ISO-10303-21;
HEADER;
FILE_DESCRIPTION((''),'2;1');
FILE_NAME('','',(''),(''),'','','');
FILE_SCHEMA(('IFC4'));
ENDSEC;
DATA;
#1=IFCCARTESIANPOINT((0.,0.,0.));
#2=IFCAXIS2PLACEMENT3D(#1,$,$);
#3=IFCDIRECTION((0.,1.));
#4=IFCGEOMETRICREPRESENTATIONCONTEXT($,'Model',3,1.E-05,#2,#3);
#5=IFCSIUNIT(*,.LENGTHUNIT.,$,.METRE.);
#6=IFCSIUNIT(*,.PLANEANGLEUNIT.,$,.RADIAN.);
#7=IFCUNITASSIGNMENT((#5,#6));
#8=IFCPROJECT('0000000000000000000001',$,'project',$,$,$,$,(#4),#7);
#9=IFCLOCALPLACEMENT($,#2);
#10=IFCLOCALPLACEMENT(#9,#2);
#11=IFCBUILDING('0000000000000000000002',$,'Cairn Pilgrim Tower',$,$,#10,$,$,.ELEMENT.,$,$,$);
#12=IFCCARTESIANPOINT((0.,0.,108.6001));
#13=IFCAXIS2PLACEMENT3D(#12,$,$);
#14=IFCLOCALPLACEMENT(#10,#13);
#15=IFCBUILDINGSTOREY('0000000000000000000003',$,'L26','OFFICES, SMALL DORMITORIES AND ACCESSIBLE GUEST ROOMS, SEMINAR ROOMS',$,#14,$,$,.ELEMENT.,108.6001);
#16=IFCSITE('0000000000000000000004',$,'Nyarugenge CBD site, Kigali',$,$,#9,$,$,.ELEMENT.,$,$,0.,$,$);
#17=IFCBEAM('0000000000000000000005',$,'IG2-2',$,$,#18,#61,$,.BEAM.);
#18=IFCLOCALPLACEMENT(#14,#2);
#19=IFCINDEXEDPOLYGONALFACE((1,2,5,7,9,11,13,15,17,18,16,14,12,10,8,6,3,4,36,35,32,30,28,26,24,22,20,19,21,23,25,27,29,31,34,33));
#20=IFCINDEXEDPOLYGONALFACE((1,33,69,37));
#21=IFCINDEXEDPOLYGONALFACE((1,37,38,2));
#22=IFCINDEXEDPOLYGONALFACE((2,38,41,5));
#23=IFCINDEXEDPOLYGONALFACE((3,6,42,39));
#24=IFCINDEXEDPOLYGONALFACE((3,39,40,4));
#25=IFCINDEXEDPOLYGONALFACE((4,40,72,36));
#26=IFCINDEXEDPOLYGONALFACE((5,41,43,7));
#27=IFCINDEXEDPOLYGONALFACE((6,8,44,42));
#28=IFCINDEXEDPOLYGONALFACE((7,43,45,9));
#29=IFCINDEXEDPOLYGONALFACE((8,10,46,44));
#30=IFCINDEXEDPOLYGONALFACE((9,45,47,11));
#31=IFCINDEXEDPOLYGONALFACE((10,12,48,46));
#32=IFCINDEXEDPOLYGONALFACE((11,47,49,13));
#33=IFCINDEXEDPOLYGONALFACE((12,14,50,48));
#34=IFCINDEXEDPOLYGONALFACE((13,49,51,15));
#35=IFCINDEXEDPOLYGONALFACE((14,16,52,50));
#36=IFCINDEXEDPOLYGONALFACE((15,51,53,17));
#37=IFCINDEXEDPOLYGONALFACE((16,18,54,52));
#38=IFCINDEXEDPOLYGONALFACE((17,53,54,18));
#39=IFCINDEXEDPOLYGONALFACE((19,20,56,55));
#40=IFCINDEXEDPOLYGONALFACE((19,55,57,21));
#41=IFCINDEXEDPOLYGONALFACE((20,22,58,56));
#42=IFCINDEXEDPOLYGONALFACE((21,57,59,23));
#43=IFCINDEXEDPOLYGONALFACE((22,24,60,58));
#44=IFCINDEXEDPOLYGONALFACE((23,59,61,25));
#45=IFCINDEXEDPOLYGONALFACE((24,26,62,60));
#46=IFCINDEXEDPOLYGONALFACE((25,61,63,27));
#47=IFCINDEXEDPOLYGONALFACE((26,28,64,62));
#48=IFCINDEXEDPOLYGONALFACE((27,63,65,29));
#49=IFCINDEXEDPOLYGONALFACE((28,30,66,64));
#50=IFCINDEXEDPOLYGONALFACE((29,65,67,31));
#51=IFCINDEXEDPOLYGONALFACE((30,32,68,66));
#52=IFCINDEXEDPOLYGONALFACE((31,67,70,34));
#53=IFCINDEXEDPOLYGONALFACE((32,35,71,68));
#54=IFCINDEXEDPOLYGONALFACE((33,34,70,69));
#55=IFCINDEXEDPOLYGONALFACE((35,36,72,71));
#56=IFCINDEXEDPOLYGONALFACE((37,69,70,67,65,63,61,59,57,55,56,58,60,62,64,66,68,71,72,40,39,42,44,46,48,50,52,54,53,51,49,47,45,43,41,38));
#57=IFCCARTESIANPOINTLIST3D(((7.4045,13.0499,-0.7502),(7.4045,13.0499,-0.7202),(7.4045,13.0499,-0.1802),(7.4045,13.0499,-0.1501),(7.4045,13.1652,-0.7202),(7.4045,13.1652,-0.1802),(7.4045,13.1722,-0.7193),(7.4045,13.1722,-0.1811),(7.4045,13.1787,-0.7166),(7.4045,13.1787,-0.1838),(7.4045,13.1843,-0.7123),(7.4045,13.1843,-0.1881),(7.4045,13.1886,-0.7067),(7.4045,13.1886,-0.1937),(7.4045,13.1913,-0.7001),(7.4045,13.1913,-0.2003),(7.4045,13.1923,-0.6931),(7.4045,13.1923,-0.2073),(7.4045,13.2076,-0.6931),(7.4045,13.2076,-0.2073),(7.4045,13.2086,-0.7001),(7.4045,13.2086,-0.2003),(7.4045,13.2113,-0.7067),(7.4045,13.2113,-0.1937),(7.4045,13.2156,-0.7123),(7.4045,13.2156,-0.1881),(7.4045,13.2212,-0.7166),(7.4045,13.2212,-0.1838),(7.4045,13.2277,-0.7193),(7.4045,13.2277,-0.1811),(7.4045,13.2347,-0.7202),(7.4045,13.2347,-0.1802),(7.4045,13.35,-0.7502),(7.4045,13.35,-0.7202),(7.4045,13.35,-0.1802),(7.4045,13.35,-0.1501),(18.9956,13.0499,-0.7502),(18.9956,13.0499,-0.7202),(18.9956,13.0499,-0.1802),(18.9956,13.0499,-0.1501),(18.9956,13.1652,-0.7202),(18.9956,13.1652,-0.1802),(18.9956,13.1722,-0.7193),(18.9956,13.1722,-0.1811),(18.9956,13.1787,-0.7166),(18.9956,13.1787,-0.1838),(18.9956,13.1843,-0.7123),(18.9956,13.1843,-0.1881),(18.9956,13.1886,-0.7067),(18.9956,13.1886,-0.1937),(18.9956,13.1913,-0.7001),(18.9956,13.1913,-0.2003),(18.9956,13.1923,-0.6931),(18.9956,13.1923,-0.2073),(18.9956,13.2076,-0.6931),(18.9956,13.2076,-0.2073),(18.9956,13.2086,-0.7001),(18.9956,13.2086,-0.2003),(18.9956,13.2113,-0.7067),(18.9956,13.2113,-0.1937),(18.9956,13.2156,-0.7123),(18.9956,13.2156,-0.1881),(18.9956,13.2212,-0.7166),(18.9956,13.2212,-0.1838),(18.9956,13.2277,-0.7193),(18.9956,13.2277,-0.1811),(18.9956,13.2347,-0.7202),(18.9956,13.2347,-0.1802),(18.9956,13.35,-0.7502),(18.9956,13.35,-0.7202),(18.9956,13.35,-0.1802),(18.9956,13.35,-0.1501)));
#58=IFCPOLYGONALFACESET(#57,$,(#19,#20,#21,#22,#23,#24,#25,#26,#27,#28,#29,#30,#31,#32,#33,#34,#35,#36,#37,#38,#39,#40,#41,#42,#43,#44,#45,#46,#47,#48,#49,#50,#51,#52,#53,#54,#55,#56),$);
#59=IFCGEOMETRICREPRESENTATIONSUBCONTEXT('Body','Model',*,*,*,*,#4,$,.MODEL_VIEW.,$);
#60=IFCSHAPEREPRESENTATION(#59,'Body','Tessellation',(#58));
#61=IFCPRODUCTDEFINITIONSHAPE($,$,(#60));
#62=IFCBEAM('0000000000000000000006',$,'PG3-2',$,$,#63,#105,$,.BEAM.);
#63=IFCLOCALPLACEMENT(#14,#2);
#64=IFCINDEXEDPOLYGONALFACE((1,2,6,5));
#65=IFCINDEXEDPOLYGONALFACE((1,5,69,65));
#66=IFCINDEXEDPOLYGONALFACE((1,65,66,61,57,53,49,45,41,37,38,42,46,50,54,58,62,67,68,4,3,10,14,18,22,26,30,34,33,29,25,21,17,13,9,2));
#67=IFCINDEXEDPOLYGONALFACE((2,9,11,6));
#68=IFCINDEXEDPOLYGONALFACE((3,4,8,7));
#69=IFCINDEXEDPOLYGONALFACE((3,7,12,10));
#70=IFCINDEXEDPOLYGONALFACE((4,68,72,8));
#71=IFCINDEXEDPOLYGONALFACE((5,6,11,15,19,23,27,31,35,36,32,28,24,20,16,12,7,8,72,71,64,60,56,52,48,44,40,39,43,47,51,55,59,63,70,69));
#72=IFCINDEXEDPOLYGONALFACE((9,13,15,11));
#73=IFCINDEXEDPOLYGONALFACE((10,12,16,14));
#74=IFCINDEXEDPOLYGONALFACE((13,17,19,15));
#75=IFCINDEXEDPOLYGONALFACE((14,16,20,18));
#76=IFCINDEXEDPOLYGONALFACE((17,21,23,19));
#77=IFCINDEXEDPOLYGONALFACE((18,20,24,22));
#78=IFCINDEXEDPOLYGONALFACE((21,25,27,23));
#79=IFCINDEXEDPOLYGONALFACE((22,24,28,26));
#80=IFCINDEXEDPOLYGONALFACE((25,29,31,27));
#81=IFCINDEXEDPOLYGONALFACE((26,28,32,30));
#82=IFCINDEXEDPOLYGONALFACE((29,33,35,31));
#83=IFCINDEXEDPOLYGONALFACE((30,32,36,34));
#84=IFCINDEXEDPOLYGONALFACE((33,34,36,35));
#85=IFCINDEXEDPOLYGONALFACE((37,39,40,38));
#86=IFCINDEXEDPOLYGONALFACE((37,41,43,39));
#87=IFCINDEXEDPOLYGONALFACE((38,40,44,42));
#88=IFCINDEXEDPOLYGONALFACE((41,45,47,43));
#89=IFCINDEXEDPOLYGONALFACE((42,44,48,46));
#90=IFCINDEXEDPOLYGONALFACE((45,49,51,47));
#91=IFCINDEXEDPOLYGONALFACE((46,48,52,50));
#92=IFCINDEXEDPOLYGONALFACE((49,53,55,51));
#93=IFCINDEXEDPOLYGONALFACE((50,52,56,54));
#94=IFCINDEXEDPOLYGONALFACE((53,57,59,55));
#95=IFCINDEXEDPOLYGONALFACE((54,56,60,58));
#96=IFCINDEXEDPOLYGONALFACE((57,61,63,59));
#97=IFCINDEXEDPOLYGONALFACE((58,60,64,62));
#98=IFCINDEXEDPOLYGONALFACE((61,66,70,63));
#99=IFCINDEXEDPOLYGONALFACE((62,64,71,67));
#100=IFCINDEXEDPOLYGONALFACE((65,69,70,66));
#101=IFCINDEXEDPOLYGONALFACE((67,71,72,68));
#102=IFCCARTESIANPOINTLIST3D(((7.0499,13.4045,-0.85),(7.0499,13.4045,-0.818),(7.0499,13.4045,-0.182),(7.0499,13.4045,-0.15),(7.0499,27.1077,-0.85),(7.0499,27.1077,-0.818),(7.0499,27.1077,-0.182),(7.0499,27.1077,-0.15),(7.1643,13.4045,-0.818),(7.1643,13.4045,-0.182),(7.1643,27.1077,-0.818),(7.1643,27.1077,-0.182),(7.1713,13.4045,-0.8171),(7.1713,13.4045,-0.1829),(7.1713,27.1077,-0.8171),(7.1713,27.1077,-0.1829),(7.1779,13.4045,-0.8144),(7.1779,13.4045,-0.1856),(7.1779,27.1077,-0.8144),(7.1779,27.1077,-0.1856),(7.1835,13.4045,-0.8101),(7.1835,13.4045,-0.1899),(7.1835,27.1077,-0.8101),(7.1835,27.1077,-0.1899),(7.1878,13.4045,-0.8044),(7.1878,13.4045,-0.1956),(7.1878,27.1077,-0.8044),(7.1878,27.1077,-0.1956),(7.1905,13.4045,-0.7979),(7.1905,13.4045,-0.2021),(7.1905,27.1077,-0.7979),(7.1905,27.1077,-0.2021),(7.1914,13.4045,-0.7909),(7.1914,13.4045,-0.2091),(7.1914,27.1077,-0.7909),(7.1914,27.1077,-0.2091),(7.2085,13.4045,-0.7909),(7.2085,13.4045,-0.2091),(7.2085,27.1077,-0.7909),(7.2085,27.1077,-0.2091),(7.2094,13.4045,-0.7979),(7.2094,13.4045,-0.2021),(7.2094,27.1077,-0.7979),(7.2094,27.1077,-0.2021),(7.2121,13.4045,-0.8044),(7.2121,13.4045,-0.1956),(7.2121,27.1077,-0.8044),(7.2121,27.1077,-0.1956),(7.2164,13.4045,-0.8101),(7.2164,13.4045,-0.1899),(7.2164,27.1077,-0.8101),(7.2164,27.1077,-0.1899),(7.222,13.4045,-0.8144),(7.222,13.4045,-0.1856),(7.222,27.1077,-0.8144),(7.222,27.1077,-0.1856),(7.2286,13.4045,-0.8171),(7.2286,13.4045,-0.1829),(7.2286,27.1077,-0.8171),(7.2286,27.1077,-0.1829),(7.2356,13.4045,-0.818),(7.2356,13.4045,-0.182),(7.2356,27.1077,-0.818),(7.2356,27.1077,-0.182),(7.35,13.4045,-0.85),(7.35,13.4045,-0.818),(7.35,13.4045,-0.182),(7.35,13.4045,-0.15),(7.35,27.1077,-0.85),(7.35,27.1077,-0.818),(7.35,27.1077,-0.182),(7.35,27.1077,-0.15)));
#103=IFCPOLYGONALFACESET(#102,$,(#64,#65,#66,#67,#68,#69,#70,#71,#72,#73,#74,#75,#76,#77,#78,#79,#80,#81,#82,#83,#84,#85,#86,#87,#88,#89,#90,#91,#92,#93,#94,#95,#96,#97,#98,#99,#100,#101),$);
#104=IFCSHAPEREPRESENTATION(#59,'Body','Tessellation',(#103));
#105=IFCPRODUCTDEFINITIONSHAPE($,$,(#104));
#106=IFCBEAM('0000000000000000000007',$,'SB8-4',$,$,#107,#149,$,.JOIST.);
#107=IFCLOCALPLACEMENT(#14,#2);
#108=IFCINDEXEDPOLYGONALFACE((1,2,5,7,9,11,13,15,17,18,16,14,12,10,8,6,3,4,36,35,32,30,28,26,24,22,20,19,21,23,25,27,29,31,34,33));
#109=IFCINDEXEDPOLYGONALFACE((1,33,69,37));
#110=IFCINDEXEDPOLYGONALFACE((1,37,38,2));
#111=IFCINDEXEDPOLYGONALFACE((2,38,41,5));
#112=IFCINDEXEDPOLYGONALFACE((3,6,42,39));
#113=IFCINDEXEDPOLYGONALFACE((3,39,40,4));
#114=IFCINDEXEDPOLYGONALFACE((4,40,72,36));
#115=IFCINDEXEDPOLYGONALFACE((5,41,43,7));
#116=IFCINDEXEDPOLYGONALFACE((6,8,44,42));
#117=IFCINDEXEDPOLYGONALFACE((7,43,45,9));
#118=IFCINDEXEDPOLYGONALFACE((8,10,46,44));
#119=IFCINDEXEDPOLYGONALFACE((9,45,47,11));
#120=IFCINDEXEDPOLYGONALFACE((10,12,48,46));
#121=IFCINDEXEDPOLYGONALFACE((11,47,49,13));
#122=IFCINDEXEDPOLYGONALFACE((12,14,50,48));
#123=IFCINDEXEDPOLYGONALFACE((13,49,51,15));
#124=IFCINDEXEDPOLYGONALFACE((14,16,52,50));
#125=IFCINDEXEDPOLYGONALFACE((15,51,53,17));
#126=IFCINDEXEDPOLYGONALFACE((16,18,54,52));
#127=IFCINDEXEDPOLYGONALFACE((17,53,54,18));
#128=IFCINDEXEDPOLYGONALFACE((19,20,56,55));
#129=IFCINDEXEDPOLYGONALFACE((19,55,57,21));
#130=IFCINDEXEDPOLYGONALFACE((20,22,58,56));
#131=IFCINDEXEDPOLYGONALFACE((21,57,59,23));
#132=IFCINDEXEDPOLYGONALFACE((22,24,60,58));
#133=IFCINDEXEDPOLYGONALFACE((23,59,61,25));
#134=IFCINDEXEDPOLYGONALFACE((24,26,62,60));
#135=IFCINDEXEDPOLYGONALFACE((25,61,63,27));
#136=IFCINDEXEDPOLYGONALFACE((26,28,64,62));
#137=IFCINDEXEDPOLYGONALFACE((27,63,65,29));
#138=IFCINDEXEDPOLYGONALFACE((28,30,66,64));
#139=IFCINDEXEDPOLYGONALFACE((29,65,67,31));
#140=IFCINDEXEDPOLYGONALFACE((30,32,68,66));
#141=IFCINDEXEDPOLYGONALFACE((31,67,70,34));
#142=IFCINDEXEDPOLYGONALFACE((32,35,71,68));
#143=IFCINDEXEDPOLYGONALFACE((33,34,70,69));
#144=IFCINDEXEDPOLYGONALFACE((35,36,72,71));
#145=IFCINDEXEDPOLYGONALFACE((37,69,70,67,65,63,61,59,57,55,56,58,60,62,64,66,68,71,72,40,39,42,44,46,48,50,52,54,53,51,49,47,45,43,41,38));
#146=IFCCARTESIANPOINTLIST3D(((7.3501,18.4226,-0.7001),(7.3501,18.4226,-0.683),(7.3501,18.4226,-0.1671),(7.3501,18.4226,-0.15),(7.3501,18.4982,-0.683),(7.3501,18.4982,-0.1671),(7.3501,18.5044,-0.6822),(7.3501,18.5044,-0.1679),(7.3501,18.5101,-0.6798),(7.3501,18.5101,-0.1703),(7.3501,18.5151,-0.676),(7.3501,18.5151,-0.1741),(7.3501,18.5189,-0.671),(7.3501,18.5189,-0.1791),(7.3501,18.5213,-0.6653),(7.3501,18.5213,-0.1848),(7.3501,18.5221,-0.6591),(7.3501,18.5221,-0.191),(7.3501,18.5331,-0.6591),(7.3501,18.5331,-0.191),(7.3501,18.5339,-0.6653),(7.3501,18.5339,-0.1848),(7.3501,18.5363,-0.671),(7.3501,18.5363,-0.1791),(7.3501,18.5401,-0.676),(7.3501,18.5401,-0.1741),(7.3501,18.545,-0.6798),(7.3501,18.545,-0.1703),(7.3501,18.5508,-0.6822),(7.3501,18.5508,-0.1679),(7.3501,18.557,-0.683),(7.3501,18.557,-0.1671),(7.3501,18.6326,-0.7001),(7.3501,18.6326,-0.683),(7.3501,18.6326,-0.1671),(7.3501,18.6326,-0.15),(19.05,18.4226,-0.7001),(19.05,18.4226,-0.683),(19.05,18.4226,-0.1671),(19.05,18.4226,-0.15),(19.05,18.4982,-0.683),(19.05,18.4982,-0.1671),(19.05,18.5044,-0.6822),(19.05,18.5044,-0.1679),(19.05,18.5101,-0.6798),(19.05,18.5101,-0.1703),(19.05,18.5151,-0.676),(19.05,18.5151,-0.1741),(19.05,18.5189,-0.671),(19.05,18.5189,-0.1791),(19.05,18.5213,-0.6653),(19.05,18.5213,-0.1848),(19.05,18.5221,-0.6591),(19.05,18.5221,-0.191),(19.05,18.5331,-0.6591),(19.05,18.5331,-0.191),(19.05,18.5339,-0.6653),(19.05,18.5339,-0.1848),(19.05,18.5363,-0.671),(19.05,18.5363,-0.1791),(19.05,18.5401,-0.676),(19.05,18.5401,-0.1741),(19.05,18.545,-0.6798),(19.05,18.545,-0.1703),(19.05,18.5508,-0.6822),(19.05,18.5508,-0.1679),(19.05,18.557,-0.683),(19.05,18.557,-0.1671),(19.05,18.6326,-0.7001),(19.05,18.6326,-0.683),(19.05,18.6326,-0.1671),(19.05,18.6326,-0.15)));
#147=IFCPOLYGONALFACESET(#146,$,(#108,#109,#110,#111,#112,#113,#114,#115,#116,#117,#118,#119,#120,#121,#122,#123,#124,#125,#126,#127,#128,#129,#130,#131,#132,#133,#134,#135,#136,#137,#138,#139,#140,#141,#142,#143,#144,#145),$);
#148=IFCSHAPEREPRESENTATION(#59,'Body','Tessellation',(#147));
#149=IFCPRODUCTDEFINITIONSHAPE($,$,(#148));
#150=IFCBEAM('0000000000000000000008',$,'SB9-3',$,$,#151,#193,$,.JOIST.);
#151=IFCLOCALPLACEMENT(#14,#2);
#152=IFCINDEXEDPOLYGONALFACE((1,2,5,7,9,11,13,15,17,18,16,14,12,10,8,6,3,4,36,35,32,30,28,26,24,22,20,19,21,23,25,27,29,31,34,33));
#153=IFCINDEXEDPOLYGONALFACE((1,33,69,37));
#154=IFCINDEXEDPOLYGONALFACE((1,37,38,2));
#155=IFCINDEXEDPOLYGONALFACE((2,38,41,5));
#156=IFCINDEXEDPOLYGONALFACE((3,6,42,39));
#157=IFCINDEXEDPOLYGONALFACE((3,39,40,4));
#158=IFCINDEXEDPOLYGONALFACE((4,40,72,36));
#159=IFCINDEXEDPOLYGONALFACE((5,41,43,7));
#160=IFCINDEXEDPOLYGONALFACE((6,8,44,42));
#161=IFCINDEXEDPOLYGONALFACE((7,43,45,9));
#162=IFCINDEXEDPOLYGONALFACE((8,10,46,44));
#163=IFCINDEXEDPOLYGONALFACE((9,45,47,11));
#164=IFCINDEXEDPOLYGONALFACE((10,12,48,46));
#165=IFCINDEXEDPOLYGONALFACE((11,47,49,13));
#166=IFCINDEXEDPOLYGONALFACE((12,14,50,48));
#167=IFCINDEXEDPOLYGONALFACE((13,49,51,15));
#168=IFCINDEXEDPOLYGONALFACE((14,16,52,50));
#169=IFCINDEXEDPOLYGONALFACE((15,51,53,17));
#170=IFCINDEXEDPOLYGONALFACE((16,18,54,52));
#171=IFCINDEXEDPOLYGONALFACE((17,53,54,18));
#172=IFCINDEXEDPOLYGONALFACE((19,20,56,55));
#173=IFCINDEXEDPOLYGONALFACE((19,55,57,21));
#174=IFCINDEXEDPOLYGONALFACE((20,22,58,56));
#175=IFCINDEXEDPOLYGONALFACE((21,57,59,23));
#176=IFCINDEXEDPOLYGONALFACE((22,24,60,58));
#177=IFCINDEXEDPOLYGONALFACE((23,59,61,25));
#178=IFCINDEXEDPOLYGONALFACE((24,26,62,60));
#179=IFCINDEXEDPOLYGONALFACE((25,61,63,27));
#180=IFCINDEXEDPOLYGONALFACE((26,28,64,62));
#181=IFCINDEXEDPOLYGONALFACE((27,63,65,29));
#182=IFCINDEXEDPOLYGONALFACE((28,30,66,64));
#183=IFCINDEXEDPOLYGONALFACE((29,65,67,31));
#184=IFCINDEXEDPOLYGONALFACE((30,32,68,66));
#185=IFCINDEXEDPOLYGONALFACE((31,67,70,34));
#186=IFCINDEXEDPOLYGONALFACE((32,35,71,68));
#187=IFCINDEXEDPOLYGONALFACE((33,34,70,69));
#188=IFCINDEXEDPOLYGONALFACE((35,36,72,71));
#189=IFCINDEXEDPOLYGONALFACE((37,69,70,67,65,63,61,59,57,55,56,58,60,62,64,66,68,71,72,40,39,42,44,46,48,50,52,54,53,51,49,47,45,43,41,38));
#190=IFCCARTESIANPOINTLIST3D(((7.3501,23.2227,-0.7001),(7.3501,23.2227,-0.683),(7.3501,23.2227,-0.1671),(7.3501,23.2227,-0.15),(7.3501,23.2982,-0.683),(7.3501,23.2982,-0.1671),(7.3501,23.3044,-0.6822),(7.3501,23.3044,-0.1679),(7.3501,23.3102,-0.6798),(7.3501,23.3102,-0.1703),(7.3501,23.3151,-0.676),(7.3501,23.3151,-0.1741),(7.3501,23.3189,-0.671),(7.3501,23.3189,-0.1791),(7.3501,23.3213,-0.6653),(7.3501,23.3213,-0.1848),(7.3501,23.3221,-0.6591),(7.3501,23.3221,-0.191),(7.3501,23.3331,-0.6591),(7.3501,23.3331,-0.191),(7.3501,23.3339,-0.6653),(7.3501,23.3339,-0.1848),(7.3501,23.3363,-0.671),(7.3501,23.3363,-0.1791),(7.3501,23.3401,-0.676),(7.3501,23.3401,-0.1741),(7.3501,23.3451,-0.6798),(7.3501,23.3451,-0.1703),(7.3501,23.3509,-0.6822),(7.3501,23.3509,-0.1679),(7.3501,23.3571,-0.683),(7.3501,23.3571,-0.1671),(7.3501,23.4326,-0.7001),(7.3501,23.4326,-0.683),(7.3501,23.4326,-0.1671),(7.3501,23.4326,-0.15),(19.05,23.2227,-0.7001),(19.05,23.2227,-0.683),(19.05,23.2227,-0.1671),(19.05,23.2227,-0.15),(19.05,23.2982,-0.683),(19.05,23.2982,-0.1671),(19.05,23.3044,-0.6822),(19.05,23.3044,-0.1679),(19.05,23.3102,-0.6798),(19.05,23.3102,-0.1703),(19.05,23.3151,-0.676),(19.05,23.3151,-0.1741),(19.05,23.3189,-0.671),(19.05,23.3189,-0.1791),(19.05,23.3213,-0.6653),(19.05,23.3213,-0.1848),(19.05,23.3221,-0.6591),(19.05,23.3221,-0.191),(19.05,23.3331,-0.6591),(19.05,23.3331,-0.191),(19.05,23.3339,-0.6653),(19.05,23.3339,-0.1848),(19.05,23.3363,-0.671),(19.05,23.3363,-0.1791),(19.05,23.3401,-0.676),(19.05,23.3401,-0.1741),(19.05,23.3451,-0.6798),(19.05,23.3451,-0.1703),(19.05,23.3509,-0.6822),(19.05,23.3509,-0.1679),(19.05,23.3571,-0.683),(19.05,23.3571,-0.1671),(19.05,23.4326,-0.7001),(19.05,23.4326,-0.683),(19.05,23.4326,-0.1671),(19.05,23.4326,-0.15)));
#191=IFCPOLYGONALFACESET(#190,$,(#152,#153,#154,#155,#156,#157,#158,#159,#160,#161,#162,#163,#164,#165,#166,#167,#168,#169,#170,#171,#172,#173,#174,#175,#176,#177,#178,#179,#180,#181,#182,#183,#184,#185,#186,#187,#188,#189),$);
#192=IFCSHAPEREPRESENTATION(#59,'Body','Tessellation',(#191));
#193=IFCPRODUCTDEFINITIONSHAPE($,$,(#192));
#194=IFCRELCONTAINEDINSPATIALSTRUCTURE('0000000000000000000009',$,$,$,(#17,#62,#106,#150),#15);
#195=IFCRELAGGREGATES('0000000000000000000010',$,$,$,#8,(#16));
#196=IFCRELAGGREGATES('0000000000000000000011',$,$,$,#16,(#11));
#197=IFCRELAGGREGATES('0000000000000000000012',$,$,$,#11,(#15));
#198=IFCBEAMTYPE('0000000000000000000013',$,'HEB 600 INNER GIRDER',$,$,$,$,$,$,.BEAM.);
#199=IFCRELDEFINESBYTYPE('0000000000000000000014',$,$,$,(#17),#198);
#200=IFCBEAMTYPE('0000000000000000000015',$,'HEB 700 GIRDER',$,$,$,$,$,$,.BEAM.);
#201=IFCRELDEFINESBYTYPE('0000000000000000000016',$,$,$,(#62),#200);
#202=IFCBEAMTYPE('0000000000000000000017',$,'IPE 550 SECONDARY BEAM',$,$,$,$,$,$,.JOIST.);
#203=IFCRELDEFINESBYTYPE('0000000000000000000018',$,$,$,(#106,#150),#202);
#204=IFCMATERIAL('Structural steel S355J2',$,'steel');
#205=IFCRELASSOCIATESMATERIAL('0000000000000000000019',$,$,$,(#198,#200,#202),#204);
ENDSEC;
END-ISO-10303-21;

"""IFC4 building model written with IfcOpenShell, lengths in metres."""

from ifc_helpers import new_model, si_unit, direction, frame, origin, origin_2d, place, context, subcontext, project, spatial, i_section, extrude, material, material_profile, profile_set, type_object, element, save


model = new_model("IFC4")

# Units and contexts
model_context = context("Model", 3, precision=1e-05, world=origin(), true_north=direction((0.0, 1.0)))
body_context = subcontext(model_context, "Body", "Model", "MODEL_VIEW")
ifc_project = project(units=[si_unit("LENGTHUNIT", "METRE"), si_unit("PLANEANGLEUNIT", "RADIAN")], contexts=[model_context])

# Site, building, storey
site_placement = place(None, origin())
site = spatial("IfcSite", under=ifc_project, at=site_placement, Name="Nyarugenge CBD site, Kigali", CompositionType="ELEMENT", RefElevation=0.0)
building_placement = place(site_placement, origin())
building = spatial("IfcBuilding", under=site, at=building_placement, Name="Cairn Pilgrim Tower", CompositionType="ELEMENT")
storey_placement = place(building_placement, frame((0.0, 0.0, 108.6001)))
storey = spatial("IfcBuildingStorey", under=building, at=storey_placement, Name="L26", Description="OFFICES, SMALL DORMITORIES AND ACCESSIBLE GUEST ROOMS, SEMINAR ROOMS", CompositionType="ELEMENT", Elevation=108.6001)

# Beams
ifc_material_1 = material(Name="Structural steel S355J2", Category="steel")
ifc_material_profile_1 = material_profile(ifc_material_1, i_section(OverallWidth=0.3, OverallDepth=0.6001, WebThickness=0.0154, FlangeThickness=0.03, FilletRadius=0.0271, at=origin_2d()), Name="HEB 600")
ifc_profile_set_1 = profile_set([ifc_material_profile_1], Name="Structural steel S355J2")
beam_type_1 = type_object("IfcBeamType", Name="HEB 600 INNER GIRDER", PredefinedType="BEAM", material=ifc_profile_set_1)
beam_1_placement = place(storey_placement, frame((7.4045, 13.2, -0.4502), z_axis=(1.0, 0.0, 0.0), x_axis=(0.0, 1.0, 0.0)))
element("IfcBeam", 1, at=beam_1_placement, inside=storey, type_object=beam_type_1, Name="IG2-2", PredefinedType="BEAM", context=body_context, shape_type="SweptSolid", body=[
    extrude(i_section(OverallWidth=0.3, OverallDepth=0.6001, WebThickness=0.0154, FlangeThickness=0.03, FilletRadius=0.0271, at=origin_2d()), origin(), (0.0, 0.0, 1.0), 11.5911),
])
ifc_material_profile_2 = material_profile(ifc_material_1, i_section(OverallWidth=0.3, OverallDepth=0.7, WebThickness=0.0171, FlangeThickness=0.032, FilletRadius=0.0271, at=origin_2d()), Name="HEB 700")
ifc_profile_set_2 = profile_set([ifc_material_profile_2], Name="Structural steel S355J2")
beam_type_2 = type_object("IfcBeamType", Name="HEB 700 GIRDER", PredefinedType="BEAM", material=ifc_profile_set_2)
beam_2_placement = place(storey_placement, frame((7.2, 13.4045, -0.5), z_axis=(0.0, 1.0, 0.0), x_axis=(-1.0, 0.0, 0.0)))
element("IfcBeam", 2, at=beam_2_placement, inside=storey, type_object=beam_type_2, Name="PG3-2", PredefinedType="BEAM", context=body_context, shape_type="SweptSolid", body=[
    extrude(i_section(OverallWidth=0.3, OverallDepth=0.7, WebThickness=0.0171, FlangeThickness=0.032, FilletRadius=0.0271, at=origin_2d()), origin(), (0.0, 0.0, 1.0), 13.7031),
])
ifc_material_profile_3 = material_profile(ifc_material_1, i_section(OverallWidth=0.21, OverallDepth=0.55, WebThickness=0.011, FlangeThickness=0.0171, FilletRadius=0.0239, at=origin_2d()), Name="IPE 550")
ifc_profile_set_3 = profile_set([ifc_material_profile_3], Name="Structural steel S355J2")
beam_type_3 = type_object("IfcBeamType", Name="IPE 550 SECONDARY BEAM", PredefinedType="JOIST", material=ifc_profile_set_3)
for number, where, z_axis, x_axis, name in (
    (3, (7.3501, 18.5276, -0.425), (1.0, 0.0, 0.0), (0.0, 1.0, 0.0), "SB8-4"),
    (4, (7.3501, 23.3276, -0.425), (1.0, 0.0, 0.0), (0.0, 1.0, 0.0), "SB9-3"),
):
    element("IfcBeam", number, at=place(storey_placement, frame(where, z_axis=z_axis, x_axis=x_axis)), inside=storey, type_object=beam_type_3, Name=name, PredefinedType="JOIST", context=body_context, shape_type="SweptSolid", body=[
        extrude(i_section(OverallWidth=0.21, OverallDepth=0.55, WebThickness=0.011, FlangeThickness=0.0171, FilletRadius=0.0239, at=origin_2d()), origin(), (0.0, 0.0, 1.0), 11.7),
    ])

save(model, "model.ifc")
